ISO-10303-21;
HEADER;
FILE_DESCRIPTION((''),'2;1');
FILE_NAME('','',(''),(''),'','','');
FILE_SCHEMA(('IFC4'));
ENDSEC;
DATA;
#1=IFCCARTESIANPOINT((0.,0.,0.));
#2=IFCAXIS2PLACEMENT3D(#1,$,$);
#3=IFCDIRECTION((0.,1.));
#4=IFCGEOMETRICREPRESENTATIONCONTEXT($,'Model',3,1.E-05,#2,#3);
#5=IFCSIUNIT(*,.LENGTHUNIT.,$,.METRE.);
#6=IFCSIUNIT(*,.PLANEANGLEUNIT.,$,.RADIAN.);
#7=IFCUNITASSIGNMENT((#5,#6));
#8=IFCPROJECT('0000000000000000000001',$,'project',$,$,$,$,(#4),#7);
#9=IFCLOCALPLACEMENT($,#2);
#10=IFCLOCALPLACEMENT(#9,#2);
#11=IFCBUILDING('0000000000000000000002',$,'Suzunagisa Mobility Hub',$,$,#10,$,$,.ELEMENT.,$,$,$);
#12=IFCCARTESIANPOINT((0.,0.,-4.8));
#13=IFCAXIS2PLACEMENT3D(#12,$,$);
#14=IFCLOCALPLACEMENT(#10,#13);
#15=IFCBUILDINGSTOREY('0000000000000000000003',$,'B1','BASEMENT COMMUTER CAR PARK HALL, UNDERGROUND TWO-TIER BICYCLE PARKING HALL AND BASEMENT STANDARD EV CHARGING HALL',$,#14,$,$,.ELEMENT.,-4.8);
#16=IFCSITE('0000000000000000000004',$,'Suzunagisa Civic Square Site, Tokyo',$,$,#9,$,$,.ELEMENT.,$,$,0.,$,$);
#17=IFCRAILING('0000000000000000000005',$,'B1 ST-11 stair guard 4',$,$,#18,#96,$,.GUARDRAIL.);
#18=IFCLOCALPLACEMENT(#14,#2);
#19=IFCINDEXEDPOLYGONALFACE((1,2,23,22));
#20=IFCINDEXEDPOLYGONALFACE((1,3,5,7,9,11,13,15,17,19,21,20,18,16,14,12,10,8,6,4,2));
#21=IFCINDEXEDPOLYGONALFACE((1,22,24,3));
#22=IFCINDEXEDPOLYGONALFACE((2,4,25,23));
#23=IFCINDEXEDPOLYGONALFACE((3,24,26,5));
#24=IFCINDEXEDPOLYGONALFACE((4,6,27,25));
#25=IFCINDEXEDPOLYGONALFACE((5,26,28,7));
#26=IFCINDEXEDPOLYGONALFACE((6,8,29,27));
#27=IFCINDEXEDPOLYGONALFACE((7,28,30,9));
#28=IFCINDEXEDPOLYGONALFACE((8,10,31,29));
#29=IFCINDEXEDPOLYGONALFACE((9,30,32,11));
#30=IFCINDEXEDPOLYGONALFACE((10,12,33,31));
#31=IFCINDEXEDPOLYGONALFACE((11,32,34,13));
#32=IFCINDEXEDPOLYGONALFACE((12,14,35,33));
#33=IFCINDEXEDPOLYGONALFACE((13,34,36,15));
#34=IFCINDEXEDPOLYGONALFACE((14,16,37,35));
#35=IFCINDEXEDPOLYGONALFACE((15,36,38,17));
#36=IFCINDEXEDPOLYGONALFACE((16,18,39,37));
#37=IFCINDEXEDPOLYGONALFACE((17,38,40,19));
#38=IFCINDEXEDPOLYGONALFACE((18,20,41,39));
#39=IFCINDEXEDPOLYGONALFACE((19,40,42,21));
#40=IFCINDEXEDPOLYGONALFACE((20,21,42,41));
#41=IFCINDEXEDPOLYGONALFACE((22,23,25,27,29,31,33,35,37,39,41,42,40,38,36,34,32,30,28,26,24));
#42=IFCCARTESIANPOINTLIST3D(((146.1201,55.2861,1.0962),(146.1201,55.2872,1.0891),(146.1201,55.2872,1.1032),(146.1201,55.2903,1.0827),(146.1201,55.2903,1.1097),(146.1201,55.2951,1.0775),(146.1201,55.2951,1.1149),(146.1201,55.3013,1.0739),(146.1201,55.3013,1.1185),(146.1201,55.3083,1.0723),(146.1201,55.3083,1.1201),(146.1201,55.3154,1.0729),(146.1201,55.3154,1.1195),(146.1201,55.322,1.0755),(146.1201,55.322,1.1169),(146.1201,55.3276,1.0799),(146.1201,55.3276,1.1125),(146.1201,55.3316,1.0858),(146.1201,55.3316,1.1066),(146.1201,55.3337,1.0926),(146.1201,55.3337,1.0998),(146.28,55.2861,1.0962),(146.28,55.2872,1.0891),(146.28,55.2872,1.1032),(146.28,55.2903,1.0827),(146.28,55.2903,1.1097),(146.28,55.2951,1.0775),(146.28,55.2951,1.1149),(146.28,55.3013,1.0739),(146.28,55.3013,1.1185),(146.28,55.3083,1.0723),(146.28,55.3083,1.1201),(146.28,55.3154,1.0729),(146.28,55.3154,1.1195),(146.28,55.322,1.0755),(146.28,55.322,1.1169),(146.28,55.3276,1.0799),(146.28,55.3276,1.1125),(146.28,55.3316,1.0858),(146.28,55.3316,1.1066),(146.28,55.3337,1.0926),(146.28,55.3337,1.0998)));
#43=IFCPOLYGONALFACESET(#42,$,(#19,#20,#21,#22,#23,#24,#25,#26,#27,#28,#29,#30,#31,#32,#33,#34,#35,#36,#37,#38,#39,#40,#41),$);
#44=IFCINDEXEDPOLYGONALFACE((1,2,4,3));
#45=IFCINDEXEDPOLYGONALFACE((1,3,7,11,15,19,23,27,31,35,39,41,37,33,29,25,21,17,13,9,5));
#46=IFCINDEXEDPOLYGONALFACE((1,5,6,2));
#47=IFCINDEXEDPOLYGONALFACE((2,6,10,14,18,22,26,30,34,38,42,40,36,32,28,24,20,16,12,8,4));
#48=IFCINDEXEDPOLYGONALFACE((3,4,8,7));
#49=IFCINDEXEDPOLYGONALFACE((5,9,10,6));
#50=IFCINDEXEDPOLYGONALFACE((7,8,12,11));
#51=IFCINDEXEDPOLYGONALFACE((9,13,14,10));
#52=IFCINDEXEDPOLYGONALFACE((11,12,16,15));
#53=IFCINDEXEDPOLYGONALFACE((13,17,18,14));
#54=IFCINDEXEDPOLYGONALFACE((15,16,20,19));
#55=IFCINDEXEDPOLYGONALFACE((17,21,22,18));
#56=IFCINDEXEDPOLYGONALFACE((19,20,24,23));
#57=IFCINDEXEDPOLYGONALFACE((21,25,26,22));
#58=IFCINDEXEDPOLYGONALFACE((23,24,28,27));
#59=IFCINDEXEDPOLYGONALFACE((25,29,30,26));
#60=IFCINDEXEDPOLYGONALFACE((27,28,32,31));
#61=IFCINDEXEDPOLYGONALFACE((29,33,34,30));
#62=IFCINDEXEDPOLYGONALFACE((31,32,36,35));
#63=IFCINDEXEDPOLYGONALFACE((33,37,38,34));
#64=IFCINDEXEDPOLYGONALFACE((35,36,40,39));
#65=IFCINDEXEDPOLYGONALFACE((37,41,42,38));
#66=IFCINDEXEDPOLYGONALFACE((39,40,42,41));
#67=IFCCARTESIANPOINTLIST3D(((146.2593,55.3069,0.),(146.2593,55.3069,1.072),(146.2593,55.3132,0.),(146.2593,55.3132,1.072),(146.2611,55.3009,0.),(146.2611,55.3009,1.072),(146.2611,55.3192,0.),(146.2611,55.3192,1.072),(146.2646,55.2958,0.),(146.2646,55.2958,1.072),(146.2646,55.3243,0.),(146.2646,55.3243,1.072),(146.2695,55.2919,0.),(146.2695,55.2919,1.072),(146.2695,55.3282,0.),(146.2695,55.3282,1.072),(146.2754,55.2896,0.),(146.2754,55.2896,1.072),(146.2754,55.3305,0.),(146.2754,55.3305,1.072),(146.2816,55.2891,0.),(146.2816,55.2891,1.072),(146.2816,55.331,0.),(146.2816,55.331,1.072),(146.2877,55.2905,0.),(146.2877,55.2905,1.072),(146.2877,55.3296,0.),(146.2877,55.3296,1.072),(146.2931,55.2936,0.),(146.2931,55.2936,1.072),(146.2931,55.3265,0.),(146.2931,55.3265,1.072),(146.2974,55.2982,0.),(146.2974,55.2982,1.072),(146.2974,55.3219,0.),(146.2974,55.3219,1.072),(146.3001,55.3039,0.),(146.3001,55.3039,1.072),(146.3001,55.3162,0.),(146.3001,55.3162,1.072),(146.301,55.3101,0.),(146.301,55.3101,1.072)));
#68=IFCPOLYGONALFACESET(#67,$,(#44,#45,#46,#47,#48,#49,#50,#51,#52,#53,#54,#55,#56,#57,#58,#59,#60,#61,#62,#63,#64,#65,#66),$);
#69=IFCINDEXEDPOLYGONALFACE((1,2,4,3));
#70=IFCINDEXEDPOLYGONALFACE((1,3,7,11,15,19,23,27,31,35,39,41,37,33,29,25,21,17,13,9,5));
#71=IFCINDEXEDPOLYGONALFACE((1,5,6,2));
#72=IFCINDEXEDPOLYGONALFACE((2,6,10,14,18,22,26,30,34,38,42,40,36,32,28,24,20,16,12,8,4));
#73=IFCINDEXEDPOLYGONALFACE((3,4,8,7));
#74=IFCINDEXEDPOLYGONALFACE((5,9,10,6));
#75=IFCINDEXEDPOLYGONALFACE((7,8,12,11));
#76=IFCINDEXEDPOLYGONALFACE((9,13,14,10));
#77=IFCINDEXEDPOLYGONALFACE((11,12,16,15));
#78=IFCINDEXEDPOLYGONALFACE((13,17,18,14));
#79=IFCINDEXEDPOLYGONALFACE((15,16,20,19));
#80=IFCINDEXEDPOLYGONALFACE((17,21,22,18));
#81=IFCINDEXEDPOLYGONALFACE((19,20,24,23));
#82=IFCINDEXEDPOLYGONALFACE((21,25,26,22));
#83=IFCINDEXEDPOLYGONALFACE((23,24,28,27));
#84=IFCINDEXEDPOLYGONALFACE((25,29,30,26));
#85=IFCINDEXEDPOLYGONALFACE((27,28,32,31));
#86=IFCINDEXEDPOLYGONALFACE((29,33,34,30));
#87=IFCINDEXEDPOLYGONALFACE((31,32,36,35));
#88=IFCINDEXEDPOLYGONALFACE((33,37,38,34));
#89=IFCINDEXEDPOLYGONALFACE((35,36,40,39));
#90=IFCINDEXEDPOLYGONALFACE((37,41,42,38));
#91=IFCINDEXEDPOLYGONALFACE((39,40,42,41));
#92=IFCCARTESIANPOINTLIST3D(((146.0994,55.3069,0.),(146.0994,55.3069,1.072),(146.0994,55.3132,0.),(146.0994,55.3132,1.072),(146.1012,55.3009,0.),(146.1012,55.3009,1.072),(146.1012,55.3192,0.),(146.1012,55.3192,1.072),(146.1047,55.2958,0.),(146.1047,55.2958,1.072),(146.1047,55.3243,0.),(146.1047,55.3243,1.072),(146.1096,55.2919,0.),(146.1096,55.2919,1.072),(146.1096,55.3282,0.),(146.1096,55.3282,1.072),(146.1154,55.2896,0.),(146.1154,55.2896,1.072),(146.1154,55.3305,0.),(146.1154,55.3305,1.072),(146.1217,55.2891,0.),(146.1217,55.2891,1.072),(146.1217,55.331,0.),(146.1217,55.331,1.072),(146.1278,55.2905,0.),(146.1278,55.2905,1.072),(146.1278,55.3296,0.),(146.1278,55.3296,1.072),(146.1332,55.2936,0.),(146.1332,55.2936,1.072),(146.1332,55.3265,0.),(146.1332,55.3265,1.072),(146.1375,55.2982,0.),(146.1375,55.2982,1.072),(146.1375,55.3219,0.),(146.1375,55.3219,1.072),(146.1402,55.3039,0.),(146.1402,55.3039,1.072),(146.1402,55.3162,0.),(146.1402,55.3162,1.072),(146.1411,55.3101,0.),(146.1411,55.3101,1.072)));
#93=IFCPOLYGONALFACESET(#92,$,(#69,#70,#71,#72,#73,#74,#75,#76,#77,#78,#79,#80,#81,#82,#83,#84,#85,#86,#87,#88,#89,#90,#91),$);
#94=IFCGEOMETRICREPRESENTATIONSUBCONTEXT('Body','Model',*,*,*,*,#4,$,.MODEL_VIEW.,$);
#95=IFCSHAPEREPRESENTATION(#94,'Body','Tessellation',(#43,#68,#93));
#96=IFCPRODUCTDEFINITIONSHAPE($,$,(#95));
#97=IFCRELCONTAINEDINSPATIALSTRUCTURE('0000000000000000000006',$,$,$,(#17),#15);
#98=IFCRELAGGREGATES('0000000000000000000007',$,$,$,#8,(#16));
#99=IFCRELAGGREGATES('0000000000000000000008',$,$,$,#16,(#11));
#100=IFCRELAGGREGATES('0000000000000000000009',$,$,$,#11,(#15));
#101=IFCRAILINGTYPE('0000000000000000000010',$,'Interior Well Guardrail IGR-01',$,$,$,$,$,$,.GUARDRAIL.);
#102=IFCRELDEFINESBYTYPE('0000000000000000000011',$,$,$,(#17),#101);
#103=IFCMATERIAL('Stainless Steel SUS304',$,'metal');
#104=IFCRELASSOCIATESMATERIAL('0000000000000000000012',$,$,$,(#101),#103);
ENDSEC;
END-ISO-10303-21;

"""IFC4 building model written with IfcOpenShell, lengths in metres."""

from ifc_helpers import new_model, si_unit, direction, frame, origin, origin_2d, place, context, subcontext, project, spatial, circle, extrude, material, type_object, element, save


model = new_model("IFC4")

# Units and contexts
model_context = context("Model", 3, precision=1e-05, world=origin(), true_north=direction((0.0, 1.0)))
body_context = subcontext(model_context, "Body", "Model", "MODEL_VIEW")
ifc_project = project(units=[si_unit("LENGTHUNIT", "METRE"), si_unit("PLANEANGLEUNIT", "RADIAN")], contexts=[model_context])

# Site, building, storey
site_placement = place(None, origin())
site = spatial("IfcSite", under=ifc_project, at=site_placement, Name="Suzunagisa Civic Square Site, Tokyo", CompositionType="ELEMENT", RefElevation=0.0)
building_placement = place(site_placement, origin())
building = spatial("IfcBuilding", under=site, at=building_placement, Name="Suzunagisa Mobility Hub", CompositionType="ELEMENT")
storey_placement = place(building_placement, frame((0.0, 0.0, -4.8)))
storey = spatial("IfcBuildingStorey", under=building, at=storey_placement, Name="B1", Description="BASEMENT COMMUTER CAR PARK HALL, UNDERGROUND TWO-TIER BICYCLE PARKING HALL AND BASEMENT STANDARD EV CHARGING HALL", CompositionType="ELEMENT", Elevation=-4.8)

# Railing
ifc_material_1 = material(Name="Stainless Steel SUS304", Category="metal")
railing_type_1 = type_object("IfcRailingType", Name="Interior Well Guardrail IGR-01", PredefinedType="GUARDRAIL", material=ifc_material_1)
railing_1_placement = place(storey_placement, frame((146.28, 55.3101, 0.0)))
element("IfcRailing", 1, at=railing_1_placement, inside=storey, type_object=railing_type_1, Name="B1 ST-11 stair guard 4", PredefinedType="GUARDRAIL", context=body_context, shape_type="SweptSolid", body=[
    extrude(circle(Radius=0.0239, at=origin_2d()), frame((0.0, 0.0, 1.0962), z_axis=(-1.0, 0.0, 0.0), x_axis=(0.0, -1.0, 0.0)), (0.0, 0.0, 1.0), 0.1599),
    extrude(circle(Radius=0.021, at=origin_2d()), origin(), (0.0, 0.0, 1.0), 1.072),
    extrude(circle(Radius=0.021, at=origin_2d()), frame((-0.1599, 0.0, 0.0)), (0.0, 0.0, 1.0), 1.072),
])

save(model, "model.ifc")
